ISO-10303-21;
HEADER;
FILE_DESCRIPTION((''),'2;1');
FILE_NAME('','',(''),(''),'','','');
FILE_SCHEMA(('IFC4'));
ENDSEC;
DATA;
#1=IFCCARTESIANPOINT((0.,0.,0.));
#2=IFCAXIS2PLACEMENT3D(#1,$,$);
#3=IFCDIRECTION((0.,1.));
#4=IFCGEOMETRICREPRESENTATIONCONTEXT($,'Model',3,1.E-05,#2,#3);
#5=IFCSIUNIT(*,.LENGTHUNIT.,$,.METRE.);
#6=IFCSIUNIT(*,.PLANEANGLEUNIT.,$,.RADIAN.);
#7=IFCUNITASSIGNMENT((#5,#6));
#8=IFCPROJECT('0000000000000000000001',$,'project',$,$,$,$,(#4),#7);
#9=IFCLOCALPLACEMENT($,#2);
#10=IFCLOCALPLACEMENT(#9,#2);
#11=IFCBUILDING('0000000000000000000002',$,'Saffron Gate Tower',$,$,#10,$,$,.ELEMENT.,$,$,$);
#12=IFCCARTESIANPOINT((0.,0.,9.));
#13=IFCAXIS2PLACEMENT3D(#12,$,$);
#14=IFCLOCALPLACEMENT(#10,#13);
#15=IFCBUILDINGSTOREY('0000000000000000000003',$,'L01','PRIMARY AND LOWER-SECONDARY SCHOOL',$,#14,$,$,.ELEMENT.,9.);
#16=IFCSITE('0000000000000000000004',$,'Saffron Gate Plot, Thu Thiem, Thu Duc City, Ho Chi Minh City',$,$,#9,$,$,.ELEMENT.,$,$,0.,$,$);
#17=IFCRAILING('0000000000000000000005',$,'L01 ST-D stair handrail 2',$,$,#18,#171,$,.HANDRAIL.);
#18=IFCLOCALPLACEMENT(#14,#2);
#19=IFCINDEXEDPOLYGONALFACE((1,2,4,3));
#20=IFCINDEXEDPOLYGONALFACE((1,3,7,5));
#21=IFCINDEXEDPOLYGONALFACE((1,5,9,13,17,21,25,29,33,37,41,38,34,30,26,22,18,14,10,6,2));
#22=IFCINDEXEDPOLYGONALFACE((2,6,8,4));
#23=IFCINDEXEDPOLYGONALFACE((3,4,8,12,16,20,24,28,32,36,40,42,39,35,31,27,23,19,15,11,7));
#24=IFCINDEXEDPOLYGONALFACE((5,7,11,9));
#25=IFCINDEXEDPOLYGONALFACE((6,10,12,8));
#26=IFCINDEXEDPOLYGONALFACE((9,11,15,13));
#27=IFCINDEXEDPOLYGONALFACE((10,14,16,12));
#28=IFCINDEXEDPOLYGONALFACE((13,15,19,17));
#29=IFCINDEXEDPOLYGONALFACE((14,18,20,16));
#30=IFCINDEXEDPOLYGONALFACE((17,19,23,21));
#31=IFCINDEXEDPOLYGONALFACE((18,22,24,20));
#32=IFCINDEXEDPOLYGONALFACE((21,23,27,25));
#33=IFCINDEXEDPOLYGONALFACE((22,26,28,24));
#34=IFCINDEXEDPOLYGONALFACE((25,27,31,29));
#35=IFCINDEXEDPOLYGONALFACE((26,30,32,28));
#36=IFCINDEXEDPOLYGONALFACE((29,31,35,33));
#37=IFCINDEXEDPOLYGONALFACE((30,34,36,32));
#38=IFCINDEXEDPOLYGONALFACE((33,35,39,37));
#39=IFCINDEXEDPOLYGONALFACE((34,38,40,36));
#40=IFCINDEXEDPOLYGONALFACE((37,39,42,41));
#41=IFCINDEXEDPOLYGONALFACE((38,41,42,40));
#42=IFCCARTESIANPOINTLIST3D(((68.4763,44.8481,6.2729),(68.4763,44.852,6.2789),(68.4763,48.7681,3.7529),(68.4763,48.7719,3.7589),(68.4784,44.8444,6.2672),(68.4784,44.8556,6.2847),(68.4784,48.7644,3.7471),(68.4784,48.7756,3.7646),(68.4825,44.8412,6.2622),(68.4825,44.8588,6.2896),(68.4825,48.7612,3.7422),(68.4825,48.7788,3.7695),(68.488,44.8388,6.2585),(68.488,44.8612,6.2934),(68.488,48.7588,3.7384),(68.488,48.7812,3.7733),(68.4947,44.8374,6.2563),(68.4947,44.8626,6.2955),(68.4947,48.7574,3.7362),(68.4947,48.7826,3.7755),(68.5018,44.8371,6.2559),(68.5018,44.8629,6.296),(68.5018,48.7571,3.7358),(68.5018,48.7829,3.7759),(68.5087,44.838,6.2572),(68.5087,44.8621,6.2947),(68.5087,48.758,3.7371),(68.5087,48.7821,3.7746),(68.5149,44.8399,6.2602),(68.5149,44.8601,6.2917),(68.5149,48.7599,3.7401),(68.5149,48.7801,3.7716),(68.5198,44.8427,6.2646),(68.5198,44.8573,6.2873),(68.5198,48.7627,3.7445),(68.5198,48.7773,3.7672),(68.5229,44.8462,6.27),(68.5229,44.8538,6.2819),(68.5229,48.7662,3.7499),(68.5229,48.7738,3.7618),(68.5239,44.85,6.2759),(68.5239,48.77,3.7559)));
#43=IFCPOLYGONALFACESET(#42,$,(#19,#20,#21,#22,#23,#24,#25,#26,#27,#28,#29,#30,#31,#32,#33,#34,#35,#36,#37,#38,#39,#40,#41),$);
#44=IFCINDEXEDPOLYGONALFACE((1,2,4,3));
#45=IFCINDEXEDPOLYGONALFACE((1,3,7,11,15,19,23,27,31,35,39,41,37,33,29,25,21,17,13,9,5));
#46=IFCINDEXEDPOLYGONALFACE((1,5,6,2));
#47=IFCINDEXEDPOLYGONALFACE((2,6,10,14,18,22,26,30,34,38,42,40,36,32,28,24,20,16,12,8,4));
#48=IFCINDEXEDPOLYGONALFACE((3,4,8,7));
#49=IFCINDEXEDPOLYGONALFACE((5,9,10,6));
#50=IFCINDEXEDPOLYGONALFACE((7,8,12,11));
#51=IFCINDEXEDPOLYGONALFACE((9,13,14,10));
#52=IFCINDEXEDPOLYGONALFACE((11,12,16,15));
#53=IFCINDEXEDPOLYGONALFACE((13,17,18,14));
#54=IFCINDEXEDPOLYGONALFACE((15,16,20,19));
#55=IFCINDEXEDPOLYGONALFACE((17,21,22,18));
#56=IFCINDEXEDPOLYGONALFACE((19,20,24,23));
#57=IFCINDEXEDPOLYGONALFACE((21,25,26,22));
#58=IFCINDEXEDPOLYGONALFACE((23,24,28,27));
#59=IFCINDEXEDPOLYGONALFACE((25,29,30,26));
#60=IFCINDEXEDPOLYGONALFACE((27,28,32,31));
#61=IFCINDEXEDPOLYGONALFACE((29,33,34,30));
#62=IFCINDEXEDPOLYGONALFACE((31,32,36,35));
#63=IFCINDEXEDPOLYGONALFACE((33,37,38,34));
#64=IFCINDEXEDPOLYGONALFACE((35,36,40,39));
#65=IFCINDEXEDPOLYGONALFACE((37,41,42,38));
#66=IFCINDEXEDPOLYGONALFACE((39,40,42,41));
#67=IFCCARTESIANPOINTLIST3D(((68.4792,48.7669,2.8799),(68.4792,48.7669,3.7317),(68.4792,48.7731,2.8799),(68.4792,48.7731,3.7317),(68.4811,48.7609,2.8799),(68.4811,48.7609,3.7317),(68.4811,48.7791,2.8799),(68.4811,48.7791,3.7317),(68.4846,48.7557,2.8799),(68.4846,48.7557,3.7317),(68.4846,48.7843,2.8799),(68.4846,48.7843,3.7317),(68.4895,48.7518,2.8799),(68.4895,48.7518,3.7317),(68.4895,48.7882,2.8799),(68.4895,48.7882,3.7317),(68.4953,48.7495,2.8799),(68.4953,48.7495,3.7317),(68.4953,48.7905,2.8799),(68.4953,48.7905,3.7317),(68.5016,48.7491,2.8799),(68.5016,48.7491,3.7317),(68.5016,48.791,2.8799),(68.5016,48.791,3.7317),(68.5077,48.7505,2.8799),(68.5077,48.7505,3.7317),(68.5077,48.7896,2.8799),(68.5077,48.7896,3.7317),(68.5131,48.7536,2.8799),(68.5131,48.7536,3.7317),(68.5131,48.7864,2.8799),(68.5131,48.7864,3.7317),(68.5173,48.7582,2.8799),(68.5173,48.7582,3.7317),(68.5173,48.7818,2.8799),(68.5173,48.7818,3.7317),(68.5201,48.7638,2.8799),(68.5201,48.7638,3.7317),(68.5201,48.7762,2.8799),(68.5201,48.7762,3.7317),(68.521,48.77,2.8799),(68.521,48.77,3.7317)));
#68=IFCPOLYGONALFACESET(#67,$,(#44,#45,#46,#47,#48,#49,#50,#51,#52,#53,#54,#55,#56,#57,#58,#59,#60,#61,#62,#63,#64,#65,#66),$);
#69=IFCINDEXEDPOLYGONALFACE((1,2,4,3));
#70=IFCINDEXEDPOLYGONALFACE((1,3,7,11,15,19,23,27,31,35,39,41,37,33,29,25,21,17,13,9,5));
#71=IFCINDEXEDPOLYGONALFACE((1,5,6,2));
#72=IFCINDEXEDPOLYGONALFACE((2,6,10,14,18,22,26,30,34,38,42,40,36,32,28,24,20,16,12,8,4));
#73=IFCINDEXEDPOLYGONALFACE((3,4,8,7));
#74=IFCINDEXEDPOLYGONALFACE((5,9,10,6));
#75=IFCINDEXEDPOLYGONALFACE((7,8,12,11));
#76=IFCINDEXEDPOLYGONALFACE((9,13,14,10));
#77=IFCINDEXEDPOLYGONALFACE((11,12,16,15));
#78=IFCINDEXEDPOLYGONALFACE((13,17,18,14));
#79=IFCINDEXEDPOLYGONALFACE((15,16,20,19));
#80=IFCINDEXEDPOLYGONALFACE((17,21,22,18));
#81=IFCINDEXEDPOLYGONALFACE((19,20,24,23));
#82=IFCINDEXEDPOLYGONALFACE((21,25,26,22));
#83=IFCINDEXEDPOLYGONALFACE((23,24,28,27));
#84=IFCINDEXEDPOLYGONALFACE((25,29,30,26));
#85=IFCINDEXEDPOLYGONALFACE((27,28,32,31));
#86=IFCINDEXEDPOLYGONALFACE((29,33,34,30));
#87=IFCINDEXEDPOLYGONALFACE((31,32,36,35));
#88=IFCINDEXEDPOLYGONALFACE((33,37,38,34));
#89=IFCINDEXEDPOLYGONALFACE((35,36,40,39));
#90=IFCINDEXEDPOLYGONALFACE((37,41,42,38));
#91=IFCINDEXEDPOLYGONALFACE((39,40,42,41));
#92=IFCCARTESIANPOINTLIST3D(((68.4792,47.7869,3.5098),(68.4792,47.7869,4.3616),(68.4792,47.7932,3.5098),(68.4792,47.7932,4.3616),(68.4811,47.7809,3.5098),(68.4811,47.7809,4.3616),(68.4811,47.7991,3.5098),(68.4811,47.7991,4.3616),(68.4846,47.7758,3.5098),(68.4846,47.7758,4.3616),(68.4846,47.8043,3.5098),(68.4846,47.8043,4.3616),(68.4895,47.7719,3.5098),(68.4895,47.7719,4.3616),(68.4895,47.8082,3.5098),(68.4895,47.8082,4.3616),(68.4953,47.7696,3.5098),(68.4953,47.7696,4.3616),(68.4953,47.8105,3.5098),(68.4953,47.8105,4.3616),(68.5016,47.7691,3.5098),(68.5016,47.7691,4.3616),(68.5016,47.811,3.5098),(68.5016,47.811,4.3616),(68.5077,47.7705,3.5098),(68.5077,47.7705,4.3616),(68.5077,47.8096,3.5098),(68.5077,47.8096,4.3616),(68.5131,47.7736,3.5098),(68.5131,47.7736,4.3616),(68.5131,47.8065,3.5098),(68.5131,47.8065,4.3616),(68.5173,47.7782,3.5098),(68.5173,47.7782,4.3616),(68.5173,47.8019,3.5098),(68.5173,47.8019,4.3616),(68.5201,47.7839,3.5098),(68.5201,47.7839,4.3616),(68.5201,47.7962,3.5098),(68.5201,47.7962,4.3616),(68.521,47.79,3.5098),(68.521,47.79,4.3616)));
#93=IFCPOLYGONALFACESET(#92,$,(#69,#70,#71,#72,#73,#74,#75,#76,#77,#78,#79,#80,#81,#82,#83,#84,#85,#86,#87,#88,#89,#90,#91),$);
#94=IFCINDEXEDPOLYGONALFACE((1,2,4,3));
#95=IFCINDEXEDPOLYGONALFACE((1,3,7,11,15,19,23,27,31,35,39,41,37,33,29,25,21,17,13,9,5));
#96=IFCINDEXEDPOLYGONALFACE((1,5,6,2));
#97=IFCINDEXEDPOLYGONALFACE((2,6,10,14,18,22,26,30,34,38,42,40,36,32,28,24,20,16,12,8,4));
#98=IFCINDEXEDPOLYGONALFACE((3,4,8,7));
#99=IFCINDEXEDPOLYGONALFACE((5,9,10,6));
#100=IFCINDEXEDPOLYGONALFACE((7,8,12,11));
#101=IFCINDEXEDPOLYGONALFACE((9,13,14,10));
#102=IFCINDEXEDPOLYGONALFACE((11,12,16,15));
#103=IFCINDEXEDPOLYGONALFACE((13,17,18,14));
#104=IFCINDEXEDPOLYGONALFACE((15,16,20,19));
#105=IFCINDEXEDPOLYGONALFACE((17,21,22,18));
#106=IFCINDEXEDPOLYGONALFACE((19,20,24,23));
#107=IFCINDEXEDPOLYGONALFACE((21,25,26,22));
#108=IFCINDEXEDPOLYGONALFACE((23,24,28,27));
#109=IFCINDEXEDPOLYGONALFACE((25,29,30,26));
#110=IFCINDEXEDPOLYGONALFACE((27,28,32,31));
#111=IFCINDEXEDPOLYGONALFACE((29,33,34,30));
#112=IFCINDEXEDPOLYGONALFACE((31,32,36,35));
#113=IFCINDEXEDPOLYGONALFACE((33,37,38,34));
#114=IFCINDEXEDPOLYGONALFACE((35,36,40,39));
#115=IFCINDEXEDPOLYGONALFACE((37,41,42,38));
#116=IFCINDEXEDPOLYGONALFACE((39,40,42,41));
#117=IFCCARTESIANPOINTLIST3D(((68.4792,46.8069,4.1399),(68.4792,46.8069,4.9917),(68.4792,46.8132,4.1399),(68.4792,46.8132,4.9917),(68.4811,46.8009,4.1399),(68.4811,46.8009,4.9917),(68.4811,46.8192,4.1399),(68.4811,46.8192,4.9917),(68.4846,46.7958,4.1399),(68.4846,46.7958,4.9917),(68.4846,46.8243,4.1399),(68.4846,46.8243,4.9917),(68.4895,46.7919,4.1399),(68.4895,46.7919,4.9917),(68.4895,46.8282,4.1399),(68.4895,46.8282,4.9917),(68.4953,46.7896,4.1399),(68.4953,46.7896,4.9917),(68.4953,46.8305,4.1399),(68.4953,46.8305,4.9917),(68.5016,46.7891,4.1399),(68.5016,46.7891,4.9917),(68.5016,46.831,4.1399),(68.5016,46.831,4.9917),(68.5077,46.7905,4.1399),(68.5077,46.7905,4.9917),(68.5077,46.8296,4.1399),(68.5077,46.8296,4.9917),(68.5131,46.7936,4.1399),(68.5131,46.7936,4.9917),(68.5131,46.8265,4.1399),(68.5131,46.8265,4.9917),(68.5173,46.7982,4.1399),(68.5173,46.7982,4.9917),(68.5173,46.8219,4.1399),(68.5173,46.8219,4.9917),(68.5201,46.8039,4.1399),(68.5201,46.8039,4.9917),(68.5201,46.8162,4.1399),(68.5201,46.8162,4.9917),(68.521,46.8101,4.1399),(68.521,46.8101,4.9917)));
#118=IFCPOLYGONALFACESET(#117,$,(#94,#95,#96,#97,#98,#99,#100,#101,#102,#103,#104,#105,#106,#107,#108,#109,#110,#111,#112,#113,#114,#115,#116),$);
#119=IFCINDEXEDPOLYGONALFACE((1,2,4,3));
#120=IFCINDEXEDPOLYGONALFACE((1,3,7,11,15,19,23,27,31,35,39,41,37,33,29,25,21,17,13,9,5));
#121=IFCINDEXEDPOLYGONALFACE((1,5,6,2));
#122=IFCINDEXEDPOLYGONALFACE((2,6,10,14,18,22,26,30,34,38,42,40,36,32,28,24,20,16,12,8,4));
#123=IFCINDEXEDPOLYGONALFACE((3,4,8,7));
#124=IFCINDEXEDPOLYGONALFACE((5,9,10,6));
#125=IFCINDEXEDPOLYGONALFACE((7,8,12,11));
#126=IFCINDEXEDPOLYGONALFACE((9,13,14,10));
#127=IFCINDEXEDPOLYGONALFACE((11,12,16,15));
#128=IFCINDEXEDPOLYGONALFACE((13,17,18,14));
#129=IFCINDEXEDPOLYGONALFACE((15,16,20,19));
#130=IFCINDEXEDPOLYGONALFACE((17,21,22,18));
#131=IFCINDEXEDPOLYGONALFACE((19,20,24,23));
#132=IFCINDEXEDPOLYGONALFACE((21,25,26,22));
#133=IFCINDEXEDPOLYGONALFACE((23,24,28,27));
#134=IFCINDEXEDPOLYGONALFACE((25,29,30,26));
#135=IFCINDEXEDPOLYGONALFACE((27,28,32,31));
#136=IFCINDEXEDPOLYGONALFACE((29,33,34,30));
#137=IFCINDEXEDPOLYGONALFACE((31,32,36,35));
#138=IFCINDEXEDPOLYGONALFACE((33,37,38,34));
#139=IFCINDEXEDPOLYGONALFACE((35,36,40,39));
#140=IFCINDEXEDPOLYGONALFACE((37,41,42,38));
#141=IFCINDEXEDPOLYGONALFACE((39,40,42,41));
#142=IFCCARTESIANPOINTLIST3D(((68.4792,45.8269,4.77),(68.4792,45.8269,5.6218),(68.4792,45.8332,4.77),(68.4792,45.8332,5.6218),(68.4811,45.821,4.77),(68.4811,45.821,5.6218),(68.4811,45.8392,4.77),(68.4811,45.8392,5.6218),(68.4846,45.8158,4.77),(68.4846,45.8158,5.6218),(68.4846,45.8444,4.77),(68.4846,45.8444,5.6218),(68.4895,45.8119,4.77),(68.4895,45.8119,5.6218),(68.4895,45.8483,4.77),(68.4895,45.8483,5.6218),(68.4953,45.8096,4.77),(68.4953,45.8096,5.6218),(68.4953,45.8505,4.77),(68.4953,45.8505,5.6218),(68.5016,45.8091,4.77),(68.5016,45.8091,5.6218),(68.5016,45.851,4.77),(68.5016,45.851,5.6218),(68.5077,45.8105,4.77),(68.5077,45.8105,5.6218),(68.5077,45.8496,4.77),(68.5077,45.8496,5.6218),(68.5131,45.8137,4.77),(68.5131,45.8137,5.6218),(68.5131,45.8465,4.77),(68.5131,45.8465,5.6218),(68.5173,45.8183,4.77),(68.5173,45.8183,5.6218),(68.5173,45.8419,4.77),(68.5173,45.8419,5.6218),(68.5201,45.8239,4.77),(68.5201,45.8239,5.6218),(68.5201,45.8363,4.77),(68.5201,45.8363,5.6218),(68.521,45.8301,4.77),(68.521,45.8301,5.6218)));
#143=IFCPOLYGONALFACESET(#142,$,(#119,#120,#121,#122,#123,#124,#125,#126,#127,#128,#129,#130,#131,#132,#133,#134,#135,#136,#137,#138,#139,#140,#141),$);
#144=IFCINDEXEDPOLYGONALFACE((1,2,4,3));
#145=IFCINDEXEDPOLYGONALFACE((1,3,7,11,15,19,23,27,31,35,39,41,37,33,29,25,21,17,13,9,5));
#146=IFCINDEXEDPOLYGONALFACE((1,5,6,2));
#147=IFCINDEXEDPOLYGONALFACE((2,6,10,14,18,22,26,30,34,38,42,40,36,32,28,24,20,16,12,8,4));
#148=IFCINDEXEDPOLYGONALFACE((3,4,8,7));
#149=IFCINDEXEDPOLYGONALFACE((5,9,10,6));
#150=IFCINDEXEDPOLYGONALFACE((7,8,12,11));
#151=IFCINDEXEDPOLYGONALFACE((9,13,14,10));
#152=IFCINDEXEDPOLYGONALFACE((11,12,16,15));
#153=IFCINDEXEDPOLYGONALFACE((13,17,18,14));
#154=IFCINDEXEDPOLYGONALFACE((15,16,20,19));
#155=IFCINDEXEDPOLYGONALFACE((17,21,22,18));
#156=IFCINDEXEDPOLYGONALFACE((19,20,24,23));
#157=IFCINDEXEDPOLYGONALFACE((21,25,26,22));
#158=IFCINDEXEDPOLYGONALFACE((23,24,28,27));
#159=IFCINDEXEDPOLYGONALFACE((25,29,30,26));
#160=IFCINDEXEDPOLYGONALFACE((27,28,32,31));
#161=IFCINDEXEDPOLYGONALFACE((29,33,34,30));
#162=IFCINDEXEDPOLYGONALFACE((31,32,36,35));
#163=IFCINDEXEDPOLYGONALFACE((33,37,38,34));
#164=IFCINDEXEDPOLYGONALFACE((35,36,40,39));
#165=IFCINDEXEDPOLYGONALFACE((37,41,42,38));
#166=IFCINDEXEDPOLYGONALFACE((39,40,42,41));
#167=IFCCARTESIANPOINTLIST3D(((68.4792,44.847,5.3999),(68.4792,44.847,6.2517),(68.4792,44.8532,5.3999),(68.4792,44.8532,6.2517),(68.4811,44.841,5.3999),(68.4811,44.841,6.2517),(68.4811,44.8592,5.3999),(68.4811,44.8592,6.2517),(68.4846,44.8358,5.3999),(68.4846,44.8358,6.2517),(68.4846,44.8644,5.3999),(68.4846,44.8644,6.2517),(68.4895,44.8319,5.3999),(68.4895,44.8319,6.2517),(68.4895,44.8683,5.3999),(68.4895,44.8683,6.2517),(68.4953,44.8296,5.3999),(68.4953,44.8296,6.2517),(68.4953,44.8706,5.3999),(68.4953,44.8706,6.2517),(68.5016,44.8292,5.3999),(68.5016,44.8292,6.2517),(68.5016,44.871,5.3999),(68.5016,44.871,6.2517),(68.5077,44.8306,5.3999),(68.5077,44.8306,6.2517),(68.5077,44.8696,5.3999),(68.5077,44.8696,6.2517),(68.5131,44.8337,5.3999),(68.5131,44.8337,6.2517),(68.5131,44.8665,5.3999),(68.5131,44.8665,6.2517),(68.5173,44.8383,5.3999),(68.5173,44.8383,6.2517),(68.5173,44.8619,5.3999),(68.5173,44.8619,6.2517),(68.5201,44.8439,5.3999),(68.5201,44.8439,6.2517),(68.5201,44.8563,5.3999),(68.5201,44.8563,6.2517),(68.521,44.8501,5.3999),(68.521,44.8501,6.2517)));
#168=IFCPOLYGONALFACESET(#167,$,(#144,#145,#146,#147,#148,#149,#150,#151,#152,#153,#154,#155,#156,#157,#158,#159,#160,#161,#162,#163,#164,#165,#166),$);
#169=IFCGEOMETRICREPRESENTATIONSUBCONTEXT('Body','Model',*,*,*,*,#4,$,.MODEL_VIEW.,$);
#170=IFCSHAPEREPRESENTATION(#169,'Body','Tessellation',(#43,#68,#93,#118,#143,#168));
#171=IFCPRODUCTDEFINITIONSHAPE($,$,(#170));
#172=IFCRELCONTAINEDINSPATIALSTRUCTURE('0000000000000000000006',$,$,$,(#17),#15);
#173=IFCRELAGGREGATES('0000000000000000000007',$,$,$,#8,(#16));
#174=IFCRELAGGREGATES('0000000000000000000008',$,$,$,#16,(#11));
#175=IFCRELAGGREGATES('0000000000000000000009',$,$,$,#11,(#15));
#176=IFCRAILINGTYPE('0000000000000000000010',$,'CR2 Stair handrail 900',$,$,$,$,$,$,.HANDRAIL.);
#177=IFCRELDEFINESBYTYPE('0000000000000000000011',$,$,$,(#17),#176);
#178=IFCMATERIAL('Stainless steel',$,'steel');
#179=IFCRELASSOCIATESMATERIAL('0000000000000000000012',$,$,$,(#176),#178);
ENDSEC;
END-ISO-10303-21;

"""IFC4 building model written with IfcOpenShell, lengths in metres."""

from ifc_helpers import new_model, si_unit, direction, frame, origin, origin_2d, place, context, subcontext, project, spatial, circle, extrude, material, type_object, element, save


model = new_model("IFC4")

# Units and contexts
model_context = context("Model", 3, precision=1e-05, world=origin(), true_north=direction((0.0, 1.0)))
body_context = subcontext(model_context, "Body", "Model", "MODEL_VIEW")
ifc_project = project(units=[si_unit("LENGTHUNIT", "METRE"), si_unit("PLANEANGLEUNIT", "RADIAN")], contexts=[model_context])

# Site, building, storey
site_placement = place(None, origin())
site = spatial("IfcSite", under=ifc_project, at=site_placement, Name="Saffron Gate Plot, Thu Thiem, Thu Duc City, Ho Chi Minh City", CompositionType="ELEMENT", RefElevation=0.0)
building_placement = place(site_placement, origin())
building = spatial("IfcBuilding", under=site, at=building_placement, Name="Saffron Gate Tower", CompositionType="ELEMENT")
storey_placement = place(building_placement, frame((0.0, 0.0, 9.0)))
storey = spatial("IfcBuildingStorey", under=building, at=storey_placement, Name="L01", Description="PRIMARY AND LOWER-SECONDARY SCHOOL", CompositionType="ELEMENT", Elevation=9.0)

# Railing
ifc_material_1 = material(Name="Stainless steel", Category="steel")
railing_type_1 = type_object("IfcRailingType", Name="CR2 Stair handrail 900", PredefinedType="HANDRAIL", material=ifc_material_1)
railing_1_placement = place(storey_placement, frame((68.5, 48.77, 2.8799)))
element("IfcRailing", 1, at=railing_1_placement, inside=storey, type_object=railing_type_1, Name="L01 ST-D stair handrail 2", PredefinedType="HANDRAIL", context=body_context, shape_type="SweptSolid", body=[
    extrude(circle(Radius=0.0239, at=origin_2d()), frame((0.0, 0.0, 0.876), z_axis=(0.0, -0.841172, 0.540768), x_axis=(1.0, 0.0, 0.0)), (0.0, 0.0, 1.0), 4.6602),
    extrude(circle(Radius=0.021, at=origin_2d()), origin(), (0.0, 0.0, 1.0), 0.8518),
    extrude(circle(Radius=0.021, at=origin_2d()), frame((0.0, -0.98, 0.6299)), (0.0, 0.0, 1.0), 0.8518),
    extrude(circle(Radius=0.021, at=origin_2d()), frame((0.0, -1.96, 1.26)), (0.0, 0.0, 1.0), 0.8518),
    extrude(circle(Radius=0.021, at=origin_2d()), frame((0.0, -2.9399, 1.8901)), (0.0, 0.0, 1.0), 0.8518),
    extrude(circle(Radius=0.021, at=origin_2d()), frame((0.0, -3.9199, 2.52)), (0.0, 0.0, 1.0), 0.8518),
])

save(model, "model.ifc")
